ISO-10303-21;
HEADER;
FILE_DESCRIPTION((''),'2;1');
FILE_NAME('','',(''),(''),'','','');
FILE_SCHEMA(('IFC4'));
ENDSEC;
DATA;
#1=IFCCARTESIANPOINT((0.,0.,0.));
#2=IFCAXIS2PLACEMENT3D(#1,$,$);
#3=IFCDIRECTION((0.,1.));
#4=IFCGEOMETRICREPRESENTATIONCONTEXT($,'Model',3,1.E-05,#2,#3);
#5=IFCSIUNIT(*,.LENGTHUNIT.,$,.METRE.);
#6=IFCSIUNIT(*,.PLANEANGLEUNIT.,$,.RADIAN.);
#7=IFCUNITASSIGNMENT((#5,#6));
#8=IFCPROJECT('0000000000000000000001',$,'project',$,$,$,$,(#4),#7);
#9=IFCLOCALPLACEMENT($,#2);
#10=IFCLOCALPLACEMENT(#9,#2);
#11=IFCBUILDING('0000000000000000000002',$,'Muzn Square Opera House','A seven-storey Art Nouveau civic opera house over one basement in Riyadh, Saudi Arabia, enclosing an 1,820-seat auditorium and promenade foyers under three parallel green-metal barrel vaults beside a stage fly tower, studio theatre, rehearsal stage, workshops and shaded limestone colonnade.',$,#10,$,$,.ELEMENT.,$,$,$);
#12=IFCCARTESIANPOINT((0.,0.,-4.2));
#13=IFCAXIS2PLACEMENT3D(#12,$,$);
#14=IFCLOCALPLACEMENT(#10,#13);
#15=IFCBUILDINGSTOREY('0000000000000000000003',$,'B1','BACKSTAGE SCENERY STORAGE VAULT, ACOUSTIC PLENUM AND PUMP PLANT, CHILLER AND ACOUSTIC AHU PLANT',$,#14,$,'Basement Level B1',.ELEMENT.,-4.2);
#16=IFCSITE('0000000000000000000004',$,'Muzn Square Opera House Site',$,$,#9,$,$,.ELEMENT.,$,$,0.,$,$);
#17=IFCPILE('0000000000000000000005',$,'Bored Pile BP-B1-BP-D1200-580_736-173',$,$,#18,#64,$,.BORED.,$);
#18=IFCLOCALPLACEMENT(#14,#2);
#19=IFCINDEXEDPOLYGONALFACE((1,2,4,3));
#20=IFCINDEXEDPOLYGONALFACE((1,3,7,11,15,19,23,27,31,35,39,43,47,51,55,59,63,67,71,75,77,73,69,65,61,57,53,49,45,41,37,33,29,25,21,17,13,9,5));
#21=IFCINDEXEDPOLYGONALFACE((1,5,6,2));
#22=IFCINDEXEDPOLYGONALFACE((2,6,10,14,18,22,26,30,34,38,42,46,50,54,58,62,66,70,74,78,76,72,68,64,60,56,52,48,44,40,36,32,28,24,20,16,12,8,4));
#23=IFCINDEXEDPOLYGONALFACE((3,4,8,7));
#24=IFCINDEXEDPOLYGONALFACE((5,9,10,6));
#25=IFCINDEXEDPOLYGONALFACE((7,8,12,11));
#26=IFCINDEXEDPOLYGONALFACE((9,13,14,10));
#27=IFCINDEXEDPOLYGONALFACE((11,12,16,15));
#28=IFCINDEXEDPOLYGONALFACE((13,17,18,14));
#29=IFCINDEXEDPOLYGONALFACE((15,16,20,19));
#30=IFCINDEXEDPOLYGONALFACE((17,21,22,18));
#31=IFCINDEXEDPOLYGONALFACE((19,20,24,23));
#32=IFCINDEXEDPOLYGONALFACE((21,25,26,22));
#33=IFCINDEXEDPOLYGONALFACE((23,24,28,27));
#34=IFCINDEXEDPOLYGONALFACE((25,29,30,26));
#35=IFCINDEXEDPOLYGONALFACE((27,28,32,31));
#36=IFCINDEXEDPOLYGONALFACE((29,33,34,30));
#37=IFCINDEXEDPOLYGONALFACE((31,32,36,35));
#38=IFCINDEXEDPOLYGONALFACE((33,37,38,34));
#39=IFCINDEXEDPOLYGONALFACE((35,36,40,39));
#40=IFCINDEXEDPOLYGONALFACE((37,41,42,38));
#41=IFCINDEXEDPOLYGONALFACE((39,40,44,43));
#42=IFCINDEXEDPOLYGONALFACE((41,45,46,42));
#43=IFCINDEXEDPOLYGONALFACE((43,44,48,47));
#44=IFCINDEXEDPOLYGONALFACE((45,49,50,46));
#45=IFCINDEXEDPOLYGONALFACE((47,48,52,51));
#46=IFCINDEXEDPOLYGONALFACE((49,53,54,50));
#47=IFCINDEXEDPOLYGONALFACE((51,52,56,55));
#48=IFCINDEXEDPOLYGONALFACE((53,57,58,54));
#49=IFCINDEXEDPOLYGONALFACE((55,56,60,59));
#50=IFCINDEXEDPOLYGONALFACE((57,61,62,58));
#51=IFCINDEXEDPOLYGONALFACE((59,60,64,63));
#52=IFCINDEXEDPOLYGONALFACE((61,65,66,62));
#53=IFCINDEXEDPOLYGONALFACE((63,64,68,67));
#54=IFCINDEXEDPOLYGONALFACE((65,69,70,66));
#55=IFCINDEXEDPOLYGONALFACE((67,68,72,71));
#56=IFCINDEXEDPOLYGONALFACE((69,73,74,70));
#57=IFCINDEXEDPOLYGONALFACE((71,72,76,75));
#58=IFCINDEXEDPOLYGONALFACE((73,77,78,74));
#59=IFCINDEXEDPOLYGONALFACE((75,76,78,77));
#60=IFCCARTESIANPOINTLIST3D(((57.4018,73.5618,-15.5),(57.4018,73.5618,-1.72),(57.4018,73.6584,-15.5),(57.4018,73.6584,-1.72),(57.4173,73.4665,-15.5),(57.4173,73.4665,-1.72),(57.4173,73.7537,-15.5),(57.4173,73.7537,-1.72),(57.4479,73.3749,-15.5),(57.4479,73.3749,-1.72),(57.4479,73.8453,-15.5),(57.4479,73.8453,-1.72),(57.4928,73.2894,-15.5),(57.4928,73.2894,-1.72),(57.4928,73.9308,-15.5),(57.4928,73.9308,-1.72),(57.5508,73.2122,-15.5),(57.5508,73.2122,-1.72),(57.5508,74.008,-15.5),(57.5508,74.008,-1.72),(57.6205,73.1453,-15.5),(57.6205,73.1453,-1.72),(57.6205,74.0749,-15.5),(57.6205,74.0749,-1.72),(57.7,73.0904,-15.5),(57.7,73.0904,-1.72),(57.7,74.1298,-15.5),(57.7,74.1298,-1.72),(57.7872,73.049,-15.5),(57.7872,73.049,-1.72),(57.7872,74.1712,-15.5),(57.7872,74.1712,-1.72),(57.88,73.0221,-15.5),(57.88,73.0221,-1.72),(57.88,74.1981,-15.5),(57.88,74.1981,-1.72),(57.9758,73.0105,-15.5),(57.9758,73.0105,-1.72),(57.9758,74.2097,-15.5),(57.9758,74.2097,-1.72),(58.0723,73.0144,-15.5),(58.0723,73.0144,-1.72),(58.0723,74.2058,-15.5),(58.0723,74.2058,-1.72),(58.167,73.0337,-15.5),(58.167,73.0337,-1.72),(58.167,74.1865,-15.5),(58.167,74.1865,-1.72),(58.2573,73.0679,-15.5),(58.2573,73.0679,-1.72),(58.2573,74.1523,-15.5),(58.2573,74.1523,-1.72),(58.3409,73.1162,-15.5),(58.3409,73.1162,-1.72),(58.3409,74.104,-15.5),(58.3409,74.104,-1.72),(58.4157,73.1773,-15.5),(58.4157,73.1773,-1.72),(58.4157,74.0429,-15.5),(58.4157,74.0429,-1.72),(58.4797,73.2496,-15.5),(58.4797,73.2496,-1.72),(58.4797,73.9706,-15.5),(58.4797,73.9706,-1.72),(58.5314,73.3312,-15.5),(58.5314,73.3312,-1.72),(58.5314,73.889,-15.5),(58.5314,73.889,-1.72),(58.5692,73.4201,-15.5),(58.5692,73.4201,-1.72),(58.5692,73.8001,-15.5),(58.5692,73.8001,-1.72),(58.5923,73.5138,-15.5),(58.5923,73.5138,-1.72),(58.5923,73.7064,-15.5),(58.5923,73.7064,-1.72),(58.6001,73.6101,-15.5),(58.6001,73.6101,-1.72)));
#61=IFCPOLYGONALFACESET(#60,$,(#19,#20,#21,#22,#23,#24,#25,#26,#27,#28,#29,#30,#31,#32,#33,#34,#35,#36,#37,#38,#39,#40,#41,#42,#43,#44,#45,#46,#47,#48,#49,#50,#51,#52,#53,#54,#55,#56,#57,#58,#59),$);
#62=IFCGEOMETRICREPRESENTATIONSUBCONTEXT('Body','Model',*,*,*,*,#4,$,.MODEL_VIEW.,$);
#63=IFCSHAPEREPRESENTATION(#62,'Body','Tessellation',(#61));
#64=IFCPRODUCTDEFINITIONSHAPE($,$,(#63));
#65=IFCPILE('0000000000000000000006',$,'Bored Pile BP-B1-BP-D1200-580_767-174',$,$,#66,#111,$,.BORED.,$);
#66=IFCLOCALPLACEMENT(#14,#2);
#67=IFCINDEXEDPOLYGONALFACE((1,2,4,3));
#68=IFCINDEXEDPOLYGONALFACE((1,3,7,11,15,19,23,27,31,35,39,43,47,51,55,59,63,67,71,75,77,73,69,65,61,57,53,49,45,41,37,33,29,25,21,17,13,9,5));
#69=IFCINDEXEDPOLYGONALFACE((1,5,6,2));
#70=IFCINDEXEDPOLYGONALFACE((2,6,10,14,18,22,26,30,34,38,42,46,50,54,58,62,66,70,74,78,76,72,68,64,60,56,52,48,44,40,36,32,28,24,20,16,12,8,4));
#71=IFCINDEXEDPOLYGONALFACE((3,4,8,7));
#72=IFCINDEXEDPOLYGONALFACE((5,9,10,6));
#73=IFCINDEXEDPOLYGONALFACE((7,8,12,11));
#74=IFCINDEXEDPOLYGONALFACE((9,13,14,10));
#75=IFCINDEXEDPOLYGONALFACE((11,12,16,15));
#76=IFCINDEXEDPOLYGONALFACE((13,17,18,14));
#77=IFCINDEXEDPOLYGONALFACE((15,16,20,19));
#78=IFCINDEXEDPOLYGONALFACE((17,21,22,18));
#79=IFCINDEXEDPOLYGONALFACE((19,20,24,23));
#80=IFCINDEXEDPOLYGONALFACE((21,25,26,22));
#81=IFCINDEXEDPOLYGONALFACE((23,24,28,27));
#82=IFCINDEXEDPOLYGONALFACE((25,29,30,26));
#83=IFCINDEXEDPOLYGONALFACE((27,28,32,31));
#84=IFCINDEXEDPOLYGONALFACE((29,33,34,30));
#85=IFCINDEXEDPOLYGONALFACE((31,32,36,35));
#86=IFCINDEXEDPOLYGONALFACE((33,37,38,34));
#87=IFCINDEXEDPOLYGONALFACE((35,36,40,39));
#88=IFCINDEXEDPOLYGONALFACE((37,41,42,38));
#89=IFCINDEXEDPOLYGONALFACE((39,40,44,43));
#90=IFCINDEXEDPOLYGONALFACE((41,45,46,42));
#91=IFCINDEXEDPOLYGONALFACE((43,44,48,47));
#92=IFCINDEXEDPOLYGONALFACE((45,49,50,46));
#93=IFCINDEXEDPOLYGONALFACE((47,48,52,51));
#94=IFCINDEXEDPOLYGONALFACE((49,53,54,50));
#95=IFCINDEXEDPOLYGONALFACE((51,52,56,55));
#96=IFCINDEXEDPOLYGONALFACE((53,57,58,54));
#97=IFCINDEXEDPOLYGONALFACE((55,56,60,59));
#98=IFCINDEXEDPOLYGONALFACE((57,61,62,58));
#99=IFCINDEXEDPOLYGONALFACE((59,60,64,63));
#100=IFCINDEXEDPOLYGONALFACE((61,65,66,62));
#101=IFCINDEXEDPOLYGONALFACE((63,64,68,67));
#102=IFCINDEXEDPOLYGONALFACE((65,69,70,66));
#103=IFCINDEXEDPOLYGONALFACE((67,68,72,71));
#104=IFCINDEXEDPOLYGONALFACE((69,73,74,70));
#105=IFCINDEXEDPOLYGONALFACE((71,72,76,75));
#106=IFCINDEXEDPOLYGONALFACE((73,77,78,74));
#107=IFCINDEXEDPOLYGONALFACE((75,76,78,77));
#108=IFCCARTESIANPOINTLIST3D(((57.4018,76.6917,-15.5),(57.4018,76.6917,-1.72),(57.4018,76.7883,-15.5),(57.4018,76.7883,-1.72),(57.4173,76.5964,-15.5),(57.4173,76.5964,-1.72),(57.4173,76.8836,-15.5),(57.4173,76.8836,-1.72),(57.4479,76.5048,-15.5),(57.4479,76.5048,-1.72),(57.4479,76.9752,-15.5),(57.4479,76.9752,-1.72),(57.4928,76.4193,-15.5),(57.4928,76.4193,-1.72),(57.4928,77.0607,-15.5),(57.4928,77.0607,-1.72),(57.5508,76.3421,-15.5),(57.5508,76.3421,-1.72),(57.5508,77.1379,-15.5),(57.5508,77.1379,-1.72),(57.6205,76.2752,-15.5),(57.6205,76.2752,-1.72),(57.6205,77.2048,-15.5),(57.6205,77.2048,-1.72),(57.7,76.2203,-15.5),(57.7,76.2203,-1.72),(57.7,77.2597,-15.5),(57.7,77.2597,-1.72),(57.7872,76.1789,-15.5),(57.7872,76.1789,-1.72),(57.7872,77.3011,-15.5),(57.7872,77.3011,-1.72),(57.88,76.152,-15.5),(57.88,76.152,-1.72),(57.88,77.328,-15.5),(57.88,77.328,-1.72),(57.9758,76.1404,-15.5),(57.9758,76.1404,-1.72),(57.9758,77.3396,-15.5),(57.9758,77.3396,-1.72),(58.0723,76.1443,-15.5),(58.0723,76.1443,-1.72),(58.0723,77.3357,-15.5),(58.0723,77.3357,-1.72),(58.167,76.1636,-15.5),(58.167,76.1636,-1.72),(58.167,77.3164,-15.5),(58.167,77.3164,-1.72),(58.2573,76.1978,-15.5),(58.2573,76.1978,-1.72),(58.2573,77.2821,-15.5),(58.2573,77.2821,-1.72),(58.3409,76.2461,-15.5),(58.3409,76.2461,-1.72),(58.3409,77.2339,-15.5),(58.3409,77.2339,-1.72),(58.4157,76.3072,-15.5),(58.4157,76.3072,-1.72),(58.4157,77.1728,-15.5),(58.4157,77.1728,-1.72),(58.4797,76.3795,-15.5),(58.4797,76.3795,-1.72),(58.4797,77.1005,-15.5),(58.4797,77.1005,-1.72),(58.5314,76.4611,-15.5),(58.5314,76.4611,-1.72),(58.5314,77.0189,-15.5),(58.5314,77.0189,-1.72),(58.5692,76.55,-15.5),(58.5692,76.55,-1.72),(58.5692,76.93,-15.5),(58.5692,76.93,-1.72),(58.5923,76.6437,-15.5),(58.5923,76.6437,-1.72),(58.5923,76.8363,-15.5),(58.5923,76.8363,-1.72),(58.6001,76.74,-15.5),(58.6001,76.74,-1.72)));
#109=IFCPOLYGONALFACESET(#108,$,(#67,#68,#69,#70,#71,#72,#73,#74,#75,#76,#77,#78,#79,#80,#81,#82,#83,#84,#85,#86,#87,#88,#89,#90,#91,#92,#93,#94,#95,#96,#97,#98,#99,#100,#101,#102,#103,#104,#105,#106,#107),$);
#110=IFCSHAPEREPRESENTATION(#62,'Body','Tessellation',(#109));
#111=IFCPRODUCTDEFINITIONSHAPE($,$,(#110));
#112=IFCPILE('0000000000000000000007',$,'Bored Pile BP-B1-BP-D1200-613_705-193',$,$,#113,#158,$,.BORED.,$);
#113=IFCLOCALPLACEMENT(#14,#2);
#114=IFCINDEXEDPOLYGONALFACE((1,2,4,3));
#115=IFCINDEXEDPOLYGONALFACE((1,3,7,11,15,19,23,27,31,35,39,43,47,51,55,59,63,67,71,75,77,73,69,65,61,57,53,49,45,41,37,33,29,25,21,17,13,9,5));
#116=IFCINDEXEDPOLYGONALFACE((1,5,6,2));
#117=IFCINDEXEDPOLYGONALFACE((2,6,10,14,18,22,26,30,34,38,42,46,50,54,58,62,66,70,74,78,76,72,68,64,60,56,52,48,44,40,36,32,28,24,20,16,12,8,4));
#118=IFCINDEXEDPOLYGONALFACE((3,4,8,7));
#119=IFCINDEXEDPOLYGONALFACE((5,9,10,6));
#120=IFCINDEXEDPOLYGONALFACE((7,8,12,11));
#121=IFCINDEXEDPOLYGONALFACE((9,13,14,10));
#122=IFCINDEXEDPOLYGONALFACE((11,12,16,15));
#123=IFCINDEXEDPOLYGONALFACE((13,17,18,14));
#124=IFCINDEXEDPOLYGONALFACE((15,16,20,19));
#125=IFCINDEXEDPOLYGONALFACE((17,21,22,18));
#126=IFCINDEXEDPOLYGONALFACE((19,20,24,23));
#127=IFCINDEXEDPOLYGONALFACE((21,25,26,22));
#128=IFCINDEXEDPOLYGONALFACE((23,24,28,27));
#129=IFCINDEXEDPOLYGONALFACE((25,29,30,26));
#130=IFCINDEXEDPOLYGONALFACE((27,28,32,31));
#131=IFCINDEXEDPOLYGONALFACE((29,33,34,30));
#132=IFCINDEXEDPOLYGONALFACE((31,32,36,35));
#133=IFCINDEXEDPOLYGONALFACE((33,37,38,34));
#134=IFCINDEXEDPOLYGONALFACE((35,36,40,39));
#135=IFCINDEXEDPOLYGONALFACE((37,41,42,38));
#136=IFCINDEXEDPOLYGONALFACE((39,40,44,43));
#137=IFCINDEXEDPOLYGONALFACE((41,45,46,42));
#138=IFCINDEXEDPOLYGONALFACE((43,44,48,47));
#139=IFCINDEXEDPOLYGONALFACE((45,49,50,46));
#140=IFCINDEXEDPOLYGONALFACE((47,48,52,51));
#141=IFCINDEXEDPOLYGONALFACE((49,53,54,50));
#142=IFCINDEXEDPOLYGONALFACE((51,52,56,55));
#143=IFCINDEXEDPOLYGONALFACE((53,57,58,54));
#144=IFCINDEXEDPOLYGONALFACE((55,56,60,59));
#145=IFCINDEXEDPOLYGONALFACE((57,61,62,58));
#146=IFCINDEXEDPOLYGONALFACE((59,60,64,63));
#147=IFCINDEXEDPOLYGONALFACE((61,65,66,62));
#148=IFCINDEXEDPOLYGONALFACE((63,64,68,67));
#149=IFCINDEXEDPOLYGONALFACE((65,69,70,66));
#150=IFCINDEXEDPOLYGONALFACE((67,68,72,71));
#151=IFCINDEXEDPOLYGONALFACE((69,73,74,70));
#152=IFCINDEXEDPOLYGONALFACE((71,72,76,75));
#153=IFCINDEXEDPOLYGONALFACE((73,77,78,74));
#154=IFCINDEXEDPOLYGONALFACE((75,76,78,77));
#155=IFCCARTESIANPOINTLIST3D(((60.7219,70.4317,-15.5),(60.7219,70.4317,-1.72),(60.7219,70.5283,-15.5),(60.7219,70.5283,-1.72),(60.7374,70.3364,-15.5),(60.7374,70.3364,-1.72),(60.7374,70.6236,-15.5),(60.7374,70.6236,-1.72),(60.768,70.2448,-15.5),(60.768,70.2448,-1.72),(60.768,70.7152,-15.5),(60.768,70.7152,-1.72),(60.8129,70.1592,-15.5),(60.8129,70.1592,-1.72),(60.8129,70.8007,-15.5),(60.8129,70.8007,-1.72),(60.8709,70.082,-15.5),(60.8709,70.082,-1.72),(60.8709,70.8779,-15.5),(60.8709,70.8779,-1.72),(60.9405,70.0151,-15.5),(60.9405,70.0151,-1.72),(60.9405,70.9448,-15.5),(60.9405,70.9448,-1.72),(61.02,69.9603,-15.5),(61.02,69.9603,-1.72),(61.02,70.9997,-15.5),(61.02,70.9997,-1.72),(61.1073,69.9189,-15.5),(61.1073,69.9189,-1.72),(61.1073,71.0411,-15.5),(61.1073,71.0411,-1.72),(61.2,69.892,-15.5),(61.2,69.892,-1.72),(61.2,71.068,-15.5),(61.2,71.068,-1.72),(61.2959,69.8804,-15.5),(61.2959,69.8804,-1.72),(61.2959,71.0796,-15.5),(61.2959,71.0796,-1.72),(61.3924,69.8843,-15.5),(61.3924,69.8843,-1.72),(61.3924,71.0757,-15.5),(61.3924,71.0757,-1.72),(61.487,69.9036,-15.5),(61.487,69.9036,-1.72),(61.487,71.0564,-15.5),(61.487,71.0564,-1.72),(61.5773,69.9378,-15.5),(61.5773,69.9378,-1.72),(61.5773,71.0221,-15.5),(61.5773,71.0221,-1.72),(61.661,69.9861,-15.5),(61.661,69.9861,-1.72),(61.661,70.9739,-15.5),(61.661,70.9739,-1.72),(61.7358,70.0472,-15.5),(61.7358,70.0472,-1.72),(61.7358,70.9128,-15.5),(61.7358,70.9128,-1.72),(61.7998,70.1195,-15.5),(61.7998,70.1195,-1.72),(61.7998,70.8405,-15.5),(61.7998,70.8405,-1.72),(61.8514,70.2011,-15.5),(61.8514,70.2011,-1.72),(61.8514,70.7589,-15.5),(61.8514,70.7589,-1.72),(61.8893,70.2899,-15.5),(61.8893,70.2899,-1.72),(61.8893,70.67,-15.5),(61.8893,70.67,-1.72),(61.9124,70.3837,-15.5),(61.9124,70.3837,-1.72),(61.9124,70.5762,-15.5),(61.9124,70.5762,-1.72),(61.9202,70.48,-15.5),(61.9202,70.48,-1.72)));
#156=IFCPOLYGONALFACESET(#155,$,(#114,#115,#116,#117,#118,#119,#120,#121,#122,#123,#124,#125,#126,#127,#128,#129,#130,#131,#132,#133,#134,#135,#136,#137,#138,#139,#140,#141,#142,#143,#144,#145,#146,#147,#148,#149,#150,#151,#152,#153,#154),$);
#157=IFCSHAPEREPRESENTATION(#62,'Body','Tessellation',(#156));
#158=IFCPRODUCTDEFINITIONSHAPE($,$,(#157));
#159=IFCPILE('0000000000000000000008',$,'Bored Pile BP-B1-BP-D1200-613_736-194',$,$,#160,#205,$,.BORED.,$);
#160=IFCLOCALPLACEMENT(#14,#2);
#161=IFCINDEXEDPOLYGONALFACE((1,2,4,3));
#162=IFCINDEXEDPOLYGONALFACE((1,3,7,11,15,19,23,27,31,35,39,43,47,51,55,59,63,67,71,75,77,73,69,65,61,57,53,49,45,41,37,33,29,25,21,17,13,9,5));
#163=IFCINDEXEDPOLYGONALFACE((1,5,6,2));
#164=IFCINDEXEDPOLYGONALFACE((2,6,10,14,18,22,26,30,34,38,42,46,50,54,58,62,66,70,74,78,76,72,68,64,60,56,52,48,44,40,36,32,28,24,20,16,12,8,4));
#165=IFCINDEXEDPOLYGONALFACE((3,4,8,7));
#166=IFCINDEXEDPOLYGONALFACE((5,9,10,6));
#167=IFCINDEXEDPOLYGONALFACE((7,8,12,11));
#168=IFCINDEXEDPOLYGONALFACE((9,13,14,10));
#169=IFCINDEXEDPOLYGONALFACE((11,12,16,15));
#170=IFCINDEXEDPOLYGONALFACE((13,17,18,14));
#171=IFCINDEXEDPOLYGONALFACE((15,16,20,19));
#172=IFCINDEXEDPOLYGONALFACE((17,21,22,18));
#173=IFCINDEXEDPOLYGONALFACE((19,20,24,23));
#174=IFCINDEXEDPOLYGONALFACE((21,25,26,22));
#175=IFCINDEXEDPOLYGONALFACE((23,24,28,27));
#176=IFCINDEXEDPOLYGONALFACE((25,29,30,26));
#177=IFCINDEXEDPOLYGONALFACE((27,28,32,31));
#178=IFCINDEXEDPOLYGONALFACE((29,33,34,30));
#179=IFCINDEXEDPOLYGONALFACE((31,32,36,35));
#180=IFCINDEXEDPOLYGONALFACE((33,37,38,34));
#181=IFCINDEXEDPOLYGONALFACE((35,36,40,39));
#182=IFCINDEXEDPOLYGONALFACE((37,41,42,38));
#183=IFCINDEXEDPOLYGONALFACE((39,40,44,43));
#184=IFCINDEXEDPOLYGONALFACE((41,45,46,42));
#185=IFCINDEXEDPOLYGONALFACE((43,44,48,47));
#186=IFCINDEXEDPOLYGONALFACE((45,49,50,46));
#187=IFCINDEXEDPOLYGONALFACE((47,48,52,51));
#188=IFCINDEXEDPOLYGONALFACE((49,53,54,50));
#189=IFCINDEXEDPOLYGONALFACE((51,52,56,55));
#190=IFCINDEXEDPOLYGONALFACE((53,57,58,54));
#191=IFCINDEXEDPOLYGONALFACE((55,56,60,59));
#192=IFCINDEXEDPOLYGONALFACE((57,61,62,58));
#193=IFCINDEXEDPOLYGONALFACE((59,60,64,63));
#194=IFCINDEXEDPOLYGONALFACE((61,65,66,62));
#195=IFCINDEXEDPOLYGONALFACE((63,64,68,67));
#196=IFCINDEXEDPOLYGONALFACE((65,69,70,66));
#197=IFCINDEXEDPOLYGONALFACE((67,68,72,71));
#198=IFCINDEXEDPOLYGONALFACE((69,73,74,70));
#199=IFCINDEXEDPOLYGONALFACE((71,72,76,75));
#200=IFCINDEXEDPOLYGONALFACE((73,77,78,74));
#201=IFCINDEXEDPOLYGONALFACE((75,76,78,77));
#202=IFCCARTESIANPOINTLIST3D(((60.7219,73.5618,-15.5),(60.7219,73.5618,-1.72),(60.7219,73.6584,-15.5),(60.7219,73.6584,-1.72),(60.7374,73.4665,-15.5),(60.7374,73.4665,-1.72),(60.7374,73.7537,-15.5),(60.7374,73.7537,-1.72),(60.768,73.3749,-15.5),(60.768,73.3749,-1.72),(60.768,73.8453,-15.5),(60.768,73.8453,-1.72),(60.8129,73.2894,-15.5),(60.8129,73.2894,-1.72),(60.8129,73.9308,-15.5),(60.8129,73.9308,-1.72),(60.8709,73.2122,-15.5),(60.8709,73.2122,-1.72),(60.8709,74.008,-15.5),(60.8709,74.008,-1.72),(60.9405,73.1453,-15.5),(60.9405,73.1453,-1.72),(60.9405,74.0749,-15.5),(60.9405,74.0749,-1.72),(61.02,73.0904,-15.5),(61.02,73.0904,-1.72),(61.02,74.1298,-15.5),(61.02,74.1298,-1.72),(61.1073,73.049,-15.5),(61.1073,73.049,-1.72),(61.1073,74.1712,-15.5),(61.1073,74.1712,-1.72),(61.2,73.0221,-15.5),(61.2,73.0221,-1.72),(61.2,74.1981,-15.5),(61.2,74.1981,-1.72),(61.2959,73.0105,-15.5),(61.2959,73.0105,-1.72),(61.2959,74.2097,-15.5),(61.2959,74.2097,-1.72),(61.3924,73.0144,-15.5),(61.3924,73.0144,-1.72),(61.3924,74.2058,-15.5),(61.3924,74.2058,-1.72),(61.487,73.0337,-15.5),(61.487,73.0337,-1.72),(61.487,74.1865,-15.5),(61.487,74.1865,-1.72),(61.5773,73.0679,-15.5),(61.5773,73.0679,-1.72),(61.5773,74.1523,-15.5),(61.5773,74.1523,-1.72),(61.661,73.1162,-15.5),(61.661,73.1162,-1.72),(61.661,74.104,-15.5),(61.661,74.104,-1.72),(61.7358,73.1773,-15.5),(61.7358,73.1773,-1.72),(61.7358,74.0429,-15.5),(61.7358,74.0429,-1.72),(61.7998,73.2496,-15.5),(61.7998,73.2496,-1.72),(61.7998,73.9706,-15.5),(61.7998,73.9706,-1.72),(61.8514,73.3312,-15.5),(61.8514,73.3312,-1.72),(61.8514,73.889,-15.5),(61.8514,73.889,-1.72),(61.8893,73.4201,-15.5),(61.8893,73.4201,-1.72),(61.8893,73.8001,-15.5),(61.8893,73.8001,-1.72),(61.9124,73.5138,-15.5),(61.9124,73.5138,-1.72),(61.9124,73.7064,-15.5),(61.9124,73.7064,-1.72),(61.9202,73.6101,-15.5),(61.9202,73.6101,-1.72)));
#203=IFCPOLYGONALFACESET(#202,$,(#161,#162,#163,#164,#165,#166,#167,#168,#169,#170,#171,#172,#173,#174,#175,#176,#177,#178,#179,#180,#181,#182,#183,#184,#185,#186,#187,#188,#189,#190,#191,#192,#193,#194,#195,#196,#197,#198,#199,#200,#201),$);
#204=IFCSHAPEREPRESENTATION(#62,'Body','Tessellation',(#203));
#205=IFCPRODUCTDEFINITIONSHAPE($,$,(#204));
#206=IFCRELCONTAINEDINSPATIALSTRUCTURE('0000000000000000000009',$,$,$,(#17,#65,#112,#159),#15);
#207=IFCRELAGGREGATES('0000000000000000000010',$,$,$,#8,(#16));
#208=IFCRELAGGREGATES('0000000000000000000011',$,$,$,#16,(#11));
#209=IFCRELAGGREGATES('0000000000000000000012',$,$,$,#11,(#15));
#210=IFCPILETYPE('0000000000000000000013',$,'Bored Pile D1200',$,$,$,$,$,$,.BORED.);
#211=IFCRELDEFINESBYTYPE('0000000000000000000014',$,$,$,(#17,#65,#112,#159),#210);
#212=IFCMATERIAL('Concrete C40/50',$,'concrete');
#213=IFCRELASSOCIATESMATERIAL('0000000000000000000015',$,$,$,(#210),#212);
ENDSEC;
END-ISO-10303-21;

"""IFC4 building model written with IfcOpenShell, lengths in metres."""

from ifc_helpers import new_model, si_unit, direction, frame, origin, origin_2d, place, context, subcontext, project, spatial, circle, extrude, material, material_profile, profile_set, type_object, element, save


model = new_model("IFC4")

# Units and contexts
model_context = context("Model", 3, precision=1e-05, world=origin(), true_north=direction((0.0, 1.0)))
body_context = subcontext(model_context, "Body", "Model", "MODEL_VIEW")
ifc_project = project(units=[si_unit("LENGTHUNIT", "METRE"), si_unit("PLANEANGLEUNIT", "RADIAN")], contexts=[model_context])

# Site, building, storey
site_placement = place(None, origin())
site = spatial("IfcSite", under=ifc_project, at=site_placement, Name="Muzn Square Opera House Site", CompositionType="ELEMENT", RefElevation=0.0)
building_placement = place(site_placement, origin())
building = spatial("IfcBuilding", under=site, at=building_placement, Name="Muzn Square Opera House", Description="A seven-storey Art Nouveau civic opera house over one basement in Riyadh, Saudi Arabia, enclosing an 1,820-seat auditorium and promenade foyers under three parallel green-metal barrel vaults beside a stage fly tower, studio theatre, rehearsal stage, workshops and shaded limestone colonnade.", CompositionType="ELEMENT")
storey_placement = place(building_placement, frame((0.0, 0.0, -4.2)))
storey = spatial("IfcBuildingStorey", under=building, at=storey_placement, Name="B1", Description="BACKSTAGE SCENERY STORAGE VAULT, ACOUSTIC PLENUM AND PUMP PLANT, CHILLER AND ACOUSTIC AHU PLANT", LongName="Basement Level B1", CompositionType="ELEMENT", Elevation=-4.2)

# Piles
ifc_material_1 = material(Name="Concrete C40/50", Category="concrete")
ifc_material_profile_1 = material_profile(ifc_material_1, circle(Radius=0.6001, at=origin_2d()), Name="BORED PILE D1200", Category="concrete")
ifc_profile_set_1 = profile_set([ifc_material_profile_1], Name="Concrete C40/50")
pile_type = type_object("IfcPileType", Name="Bored Pile D1200", PredefinedType="BORED", material=ifc_profile_set_1)
for number, where, z_axis, x_axis, name in (
    (1, (58.0, 73.6101, -1.72), (0.0, 0.0, -1.0), (1.0, 0.0, 0.0), "Bored Pile BP-B1-BP-D1200-580_736-173"),
    (2, (58.0, 76.74, -1.72), (0.0, 0.0, -1.0), (1.0, 0.0, 0.0), "Bored Pile BP-B1-BP-D1200-580_767-174"),
    (3, (61.3201, 70.48, -1.72), (0.0, 0.0, -1.0), (1.0, 0.0, 0.0), "Bored Pile BP-B1-BP-D1200-613_705-193"),
    (4, (61.3201, 73.6101, -1.72), (0.0, 0.0, -1.0), (1.0, 0.0, 0.0), "Bored Pile BP-B1-BP-D1200-613_736-194"),
):
    element("IfcPile", number, at=place(storey_placement, frame(where, z_axis=z_axis, x_axis=x_axis)), inside=storey, type_object=pile_type, Name=name, PredefinedType="BORED", context=body_context, shape_type="SweptSolid", body=[
        extrude(circle(Radius=0.6001, at=origin_2d()), origin(), (0.0, 0.0, 1.0), 13.78),
    ])

save(model, "model.ifc")
